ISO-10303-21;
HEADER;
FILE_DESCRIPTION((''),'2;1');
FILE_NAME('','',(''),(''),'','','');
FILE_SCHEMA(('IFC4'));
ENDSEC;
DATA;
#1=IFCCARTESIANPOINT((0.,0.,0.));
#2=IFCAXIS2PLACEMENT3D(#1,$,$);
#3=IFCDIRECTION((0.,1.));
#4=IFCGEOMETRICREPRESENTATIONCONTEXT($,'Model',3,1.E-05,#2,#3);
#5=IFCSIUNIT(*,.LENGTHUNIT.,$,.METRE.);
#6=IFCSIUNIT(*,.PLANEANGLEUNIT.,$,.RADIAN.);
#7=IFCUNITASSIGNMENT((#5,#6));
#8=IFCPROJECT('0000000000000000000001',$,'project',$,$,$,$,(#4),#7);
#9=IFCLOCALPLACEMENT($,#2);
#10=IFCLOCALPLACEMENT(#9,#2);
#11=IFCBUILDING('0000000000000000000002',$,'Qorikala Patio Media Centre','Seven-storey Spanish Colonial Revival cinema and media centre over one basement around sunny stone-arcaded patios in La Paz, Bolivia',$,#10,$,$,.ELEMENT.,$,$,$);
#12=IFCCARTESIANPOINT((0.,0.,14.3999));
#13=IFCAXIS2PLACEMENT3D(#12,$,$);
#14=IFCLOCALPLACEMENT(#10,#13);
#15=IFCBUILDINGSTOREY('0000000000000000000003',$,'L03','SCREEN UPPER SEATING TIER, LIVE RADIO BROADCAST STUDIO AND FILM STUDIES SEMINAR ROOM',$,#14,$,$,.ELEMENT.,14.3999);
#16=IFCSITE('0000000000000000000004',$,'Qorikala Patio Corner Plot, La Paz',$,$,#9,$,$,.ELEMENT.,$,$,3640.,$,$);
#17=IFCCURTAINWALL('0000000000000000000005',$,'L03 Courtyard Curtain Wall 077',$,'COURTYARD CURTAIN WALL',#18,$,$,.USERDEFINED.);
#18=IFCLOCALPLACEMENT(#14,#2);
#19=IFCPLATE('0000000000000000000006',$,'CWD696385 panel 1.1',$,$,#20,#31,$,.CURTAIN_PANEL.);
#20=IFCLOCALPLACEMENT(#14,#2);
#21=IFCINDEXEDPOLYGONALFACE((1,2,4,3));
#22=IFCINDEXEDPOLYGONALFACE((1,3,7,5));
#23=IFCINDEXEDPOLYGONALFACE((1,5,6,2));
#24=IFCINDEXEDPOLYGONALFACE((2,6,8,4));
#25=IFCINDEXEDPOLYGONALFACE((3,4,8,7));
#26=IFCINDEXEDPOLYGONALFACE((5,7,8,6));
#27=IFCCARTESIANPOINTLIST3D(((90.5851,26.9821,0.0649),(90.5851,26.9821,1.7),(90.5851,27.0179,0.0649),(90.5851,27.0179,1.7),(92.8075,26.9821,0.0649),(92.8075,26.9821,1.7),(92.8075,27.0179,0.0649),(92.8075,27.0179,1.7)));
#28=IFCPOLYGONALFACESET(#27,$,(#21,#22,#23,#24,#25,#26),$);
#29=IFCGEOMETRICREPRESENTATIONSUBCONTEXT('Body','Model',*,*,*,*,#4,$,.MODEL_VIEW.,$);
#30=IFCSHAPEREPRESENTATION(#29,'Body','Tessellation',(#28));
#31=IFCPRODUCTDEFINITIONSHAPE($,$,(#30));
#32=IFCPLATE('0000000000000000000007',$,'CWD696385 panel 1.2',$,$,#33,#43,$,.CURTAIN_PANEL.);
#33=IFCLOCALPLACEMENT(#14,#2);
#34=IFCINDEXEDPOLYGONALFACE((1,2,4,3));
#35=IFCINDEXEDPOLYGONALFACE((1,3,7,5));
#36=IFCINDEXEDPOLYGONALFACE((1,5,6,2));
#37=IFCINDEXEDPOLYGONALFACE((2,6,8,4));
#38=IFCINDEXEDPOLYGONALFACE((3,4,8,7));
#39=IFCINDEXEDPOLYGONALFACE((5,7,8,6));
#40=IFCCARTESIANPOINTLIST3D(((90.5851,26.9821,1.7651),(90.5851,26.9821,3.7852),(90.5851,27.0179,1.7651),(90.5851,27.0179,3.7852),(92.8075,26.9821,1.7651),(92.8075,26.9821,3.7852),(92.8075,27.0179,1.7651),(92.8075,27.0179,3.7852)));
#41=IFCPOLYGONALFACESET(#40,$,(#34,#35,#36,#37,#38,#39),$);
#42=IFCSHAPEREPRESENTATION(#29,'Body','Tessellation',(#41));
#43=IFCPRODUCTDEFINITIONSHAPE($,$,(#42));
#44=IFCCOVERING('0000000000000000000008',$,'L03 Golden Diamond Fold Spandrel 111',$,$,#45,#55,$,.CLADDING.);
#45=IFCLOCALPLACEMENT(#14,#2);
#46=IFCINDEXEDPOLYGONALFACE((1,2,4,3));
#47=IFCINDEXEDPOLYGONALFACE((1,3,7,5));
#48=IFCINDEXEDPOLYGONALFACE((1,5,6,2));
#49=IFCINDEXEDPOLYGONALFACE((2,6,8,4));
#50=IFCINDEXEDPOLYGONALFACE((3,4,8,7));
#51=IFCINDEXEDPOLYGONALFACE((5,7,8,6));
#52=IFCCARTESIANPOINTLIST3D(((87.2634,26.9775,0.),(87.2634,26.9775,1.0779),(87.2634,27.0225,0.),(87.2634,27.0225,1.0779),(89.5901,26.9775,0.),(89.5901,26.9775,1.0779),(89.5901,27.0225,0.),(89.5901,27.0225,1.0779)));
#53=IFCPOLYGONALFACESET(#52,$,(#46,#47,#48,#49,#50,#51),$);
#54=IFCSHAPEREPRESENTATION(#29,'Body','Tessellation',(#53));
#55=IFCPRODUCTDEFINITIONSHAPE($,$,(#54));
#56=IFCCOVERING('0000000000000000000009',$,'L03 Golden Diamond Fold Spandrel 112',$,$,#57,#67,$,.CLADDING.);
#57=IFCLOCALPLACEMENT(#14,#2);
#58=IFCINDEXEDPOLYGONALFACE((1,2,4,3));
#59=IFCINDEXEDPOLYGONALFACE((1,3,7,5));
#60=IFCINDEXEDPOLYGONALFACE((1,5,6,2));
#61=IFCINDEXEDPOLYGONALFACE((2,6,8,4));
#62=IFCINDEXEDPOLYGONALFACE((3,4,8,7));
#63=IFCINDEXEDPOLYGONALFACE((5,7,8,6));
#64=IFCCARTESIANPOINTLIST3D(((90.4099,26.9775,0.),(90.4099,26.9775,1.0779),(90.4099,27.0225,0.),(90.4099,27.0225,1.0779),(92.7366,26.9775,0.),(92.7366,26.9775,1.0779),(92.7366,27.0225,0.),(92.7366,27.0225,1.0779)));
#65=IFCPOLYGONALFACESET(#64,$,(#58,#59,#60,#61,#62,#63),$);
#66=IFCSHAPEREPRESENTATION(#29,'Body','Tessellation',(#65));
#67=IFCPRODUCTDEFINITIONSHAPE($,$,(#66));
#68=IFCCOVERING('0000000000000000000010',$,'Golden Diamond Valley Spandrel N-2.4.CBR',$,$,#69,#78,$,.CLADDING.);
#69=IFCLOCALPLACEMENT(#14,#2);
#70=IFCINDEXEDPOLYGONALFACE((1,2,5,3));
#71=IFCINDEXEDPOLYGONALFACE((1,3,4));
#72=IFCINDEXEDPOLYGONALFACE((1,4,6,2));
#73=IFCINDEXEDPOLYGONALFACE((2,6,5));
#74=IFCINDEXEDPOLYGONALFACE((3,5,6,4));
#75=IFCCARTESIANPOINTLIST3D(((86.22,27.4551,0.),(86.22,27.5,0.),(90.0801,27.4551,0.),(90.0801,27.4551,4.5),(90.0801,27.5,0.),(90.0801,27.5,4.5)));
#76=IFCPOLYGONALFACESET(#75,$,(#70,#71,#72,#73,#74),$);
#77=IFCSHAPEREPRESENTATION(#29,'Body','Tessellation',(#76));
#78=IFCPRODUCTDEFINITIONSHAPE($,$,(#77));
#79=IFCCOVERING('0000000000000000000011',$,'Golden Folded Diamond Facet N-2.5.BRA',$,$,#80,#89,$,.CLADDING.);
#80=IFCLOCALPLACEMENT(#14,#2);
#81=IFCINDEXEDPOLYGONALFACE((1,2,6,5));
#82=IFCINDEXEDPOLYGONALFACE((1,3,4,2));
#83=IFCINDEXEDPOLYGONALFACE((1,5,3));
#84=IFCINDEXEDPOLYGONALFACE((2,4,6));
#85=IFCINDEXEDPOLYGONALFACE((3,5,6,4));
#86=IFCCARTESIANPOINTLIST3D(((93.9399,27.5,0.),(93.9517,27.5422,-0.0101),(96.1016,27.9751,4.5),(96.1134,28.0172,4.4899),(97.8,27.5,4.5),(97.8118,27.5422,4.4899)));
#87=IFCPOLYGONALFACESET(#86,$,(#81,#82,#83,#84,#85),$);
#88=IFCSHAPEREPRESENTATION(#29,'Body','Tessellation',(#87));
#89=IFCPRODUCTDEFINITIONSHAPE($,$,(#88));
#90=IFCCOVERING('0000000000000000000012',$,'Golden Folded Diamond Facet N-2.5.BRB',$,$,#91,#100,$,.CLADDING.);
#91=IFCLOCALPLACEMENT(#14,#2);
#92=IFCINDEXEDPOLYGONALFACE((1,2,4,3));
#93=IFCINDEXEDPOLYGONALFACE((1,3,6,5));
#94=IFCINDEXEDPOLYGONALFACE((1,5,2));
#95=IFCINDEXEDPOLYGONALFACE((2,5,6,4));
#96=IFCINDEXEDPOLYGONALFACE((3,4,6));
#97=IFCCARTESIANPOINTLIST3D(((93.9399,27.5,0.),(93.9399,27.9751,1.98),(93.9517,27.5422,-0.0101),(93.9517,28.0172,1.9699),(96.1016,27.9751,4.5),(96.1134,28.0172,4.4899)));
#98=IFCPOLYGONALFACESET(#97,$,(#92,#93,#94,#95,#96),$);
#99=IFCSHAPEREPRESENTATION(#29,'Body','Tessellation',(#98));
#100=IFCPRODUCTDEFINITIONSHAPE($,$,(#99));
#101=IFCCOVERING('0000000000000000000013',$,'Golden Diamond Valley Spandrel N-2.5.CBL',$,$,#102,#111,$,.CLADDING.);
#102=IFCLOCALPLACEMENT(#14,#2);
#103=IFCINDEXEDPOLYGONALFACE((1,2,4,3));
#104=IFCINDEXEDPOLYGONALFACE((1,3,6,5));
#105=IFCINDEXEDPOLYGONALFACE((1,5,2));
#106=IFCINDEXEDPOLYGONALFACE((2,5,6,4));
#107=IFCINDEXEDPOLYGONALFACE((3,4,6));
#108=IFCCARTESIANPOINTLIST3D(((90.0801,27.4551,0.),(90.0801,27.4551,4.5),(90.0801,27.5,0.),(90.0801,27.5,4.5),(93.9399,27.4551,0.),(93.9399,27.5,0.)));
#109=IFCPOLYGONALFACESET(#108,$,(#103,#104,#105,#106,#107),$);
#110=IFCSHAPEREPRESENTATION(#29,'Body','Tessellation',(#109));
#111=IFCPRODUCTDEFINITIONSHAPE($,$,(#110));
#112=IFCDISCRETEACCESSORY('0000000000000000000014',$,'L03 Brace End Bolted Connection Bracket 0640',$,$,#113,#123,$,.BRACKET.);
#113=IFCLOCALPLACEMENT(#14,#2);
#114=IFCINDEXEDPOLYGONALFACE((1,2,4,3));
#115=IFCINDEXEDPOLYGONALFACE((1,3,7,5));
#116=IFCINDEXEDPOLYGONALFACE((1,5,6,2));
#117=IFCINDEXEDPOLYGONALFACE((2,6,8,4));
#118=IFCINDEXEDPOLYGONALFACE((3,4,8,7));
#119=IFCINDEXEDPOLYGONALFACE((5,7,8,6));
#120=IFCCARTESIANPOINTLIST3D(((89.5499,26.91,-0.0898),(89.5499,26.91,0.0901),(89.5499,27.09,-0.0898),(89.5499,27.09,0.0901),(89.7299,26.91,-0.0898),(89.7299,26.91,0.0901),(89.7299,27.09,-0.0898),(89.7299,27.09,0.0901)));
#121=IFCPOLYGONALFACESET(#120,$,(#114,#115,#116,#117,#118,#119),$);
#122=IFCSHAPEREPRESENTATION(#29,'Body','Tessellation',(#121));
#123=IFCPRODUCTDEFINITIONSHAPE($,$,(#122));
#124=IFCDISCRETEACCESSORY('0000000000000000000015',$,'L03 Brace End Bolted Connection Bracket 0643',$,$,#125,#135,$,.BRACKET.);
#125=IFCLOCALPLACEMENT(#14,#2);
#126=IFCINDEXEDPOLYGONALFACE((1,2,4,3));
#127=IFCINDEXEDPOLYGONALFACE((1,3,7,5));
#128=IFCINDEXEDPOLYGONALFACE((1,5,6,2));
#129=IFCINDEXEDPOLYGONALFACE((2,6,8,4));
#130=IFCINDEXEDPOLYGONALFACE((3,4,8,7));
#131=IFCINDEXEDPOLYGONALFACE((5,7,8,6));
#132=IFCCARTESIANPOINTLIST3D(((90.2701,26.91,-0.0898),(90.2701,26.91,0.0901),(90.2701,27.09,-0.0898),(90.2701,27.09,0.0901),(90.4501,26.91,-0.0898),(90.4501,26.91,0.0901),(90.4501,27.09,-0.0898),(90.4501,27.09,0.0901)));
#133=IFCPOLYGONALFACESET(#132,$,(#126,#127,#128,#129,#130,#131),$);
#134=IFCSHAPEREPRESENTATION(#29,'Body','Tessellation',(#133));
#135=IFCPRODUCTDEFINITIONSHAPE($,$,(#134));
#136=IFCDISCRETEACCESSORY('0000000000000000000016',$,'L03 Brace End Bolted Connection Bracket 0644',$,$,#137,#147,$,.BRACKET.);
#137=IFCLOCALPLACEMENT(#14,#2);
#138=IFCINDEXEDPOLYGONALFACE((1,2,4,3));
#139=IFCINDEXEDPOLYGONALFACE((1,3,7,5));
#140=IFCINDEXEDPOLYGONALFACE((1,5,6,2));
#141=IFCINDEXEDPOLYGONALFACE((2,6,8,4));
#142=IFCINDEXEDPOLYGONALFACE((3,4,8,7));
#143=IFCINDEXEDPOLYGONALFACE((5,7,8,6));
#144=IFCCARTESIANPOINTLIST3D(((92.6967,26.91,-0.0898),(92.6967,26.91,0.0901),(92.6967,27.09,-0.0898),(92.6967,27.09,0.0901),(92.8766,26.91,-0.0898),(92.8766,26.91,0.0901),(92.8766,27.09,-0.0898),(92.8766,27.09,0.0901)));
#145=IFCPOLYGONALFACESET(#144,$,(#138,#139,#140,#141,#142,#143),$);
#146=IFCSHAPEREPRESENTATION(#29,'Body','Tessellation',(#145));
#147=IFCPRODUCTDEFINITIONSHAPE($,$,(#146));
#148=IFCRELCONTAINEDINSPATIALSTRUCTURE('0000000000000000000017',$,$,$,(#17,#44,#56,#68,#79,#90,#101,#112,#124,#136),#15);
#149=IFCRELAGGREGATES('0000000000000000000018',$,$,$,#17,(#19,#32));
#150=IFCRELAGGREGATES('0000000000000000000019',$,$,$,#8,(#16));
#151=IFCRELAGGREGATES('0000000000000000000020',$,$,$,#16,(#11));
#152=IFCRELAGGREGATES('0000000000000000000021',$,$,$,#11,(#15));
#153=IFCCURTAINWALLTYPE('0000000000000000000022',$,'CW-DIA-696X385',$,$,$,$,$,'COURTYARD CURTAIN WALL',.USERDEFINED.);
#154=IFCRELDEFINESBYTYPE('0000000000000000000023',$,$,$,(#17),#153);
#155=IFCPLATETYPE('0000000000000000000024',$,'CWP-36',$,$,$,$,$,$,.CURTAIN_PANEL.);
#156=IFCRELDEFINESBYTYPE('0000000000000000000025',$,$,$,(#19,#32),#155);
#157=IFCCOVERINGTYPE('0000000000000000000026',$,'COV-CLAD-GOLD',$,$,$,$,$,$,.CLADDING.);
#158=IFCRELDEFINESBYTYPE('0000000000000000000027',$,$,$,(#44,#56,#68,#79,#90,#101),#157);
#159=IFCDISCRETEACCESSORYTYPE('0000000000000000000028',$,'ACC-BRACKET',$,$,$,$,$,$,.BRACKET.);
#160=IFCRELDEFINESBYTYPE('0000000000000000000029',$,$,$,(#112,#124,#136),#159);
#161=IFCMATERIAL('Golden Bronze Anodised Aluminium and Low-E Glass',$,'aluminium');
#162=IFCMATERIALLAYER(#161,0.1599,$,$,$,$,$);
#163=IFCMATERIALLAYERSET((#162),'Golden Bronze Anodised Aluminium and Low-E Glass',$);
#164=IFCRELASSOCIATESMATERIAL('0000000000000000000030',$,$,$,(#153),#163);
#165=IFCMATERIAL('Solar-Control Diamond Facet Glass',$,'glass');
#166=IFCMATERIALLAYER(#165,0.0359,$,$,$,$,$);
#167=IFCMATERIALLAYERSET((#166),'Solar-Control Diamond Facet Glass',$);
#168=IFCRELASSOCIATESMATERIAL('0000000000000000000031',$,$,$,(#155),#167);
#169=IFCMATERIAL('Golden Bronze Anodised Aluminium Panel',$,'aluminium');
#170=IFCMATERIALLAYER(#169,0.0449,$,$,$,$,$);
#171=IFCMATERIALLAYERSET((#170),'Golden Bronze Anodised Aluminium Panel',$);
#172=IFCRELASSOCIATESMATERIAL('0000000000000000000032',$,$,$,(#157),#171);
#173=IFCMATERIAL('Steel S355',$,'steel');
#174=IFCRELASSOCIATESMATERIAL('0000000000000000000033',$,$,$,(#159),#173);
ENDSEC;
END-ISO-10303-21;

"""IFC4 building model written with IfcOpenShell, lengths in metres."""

from ifc_helpers import new_model, si_unit, direction, frame, origin, origin_2d, place, context, subcontext, project, spatial, polyline, rectangle, outline, extrude, material, layer, layer_set, type_object, element, aggregate, save


model = new_model("IFC4")

# Units and contexts
model_context = context("Model", 3, precision=1e-05, world=origin(), true_north=direction((0.0, 1.0)))
body_context = subcontext(model_context, "Body", "Model", "MODEL_VIEW")
ifc_project = project(units=[si_unit("LENGTHUNIT", "METRE"), si_unit("PLANEANGLEUNIT", "RADIAN")], contexts=[model_context])

# Site, building, storey
site_placement = place(None, origin())
site = spatial("IfcSite", under=ifc_project, at=site_placement, Name="Qorikala Patio Corner Plot, La Paz", CompositionType="ELEMENT", RefElevation=3640.0)
building_placement = place(site_placement, origin())
building = spatial("IfcBuilding", under=site, at=building_placement, Name="Qorikala Patio Media Centre", Description="Seven-storey Spanish Colonial Revival cinema and media centre over one basement around sunny stone-arcaded patios in La Paz, Bolivia", CompositionType="ELEMENT")
storey_placement = place(building_placement, frame((0.0, 0.0, 14.3999)))
storey = spatial("IfcBuildingStorey", under=building, at=storey_placement, Name="L03", Description="SCREEN UPPER SEATING TIER, LIVE RADIO BROADCAST STUDIO AND FILM STUDIES SEMINAR ROOM", CompositionType="ELEMENT", Elevation=14.3999)

# Shared definitions
ifc_material_1 = material(Name="Golden Bronze Anodised Aluminium and Low-E Glass", Category="aluminium")
ifc_layer_1 = layer(ifc_material_1, 0.1599)
ifc_layer_set_1 = layer_set([ifc_layer_1], Name="Golden Bronze Anodised Aluminium and Low-E Glass")
curtain_wall_type = type_object("IfcCurtainWallType", Name="CW-DIA-696X385", ElementType="COURTYARD CURTAIN WALL", PredefinedType="USERDEFINED", material=ifc_layer_set_1)

# Curtain wall
curtain_wall_1_placement = place(storey_placement, origin())
curtain_wall_1 = element("IfcCurtainWall", 1, at=curtain_wall_1_placement, inside=storey, type_object=curtain_wall_type, Name="L03 Courtyard Curtain Wall 077", ObjectType="COURTYARD CURTAIN WALL", PredefinedType="USERDEFINED")

# Plates
ifc_material_2 = material(Name="Solar-Control Diamond Facet Glass", Category="glass")
ifc_layer_2 = layer(ifc_material_2, 0.0359)
ifc_layer_set_2 = layer_set([ifc_layer_2], Name="Solar-Control Diamond Facet Glass")
plate_type = type_object("IfcPlateType", Name="CWP-36", PredefinedType="CURTAIN_PANEL", material=ifc_layer_set_2)
plate_1_placement = place(storey_placement, frame((91.6963, 27.0, 0.0649), z_axis=(0.0, 0.0, 1.0), x_axis=(1.0, 0.0, 0.0)))
plate_1 = element("IfcPlate", 2, at=plate_1_placement, type_object=plate_type, Name="CWD696385 panel 1.1", PredefinedType="CURTAIN_PANEL", context=body_context, shape_type="SweptSolid", body=[
    extrude(rectangle(XDim=2.2224, YDim=0.0359, at=origin_2d()), origin(), (0.0, 0.0, 1.0), 1.635),
])
plate_2_placement = place(storey_placement, frame((91.6963, 27.0, 1.7651), z_axis=(0.0, 0.0, 1.0), x_axis=(1.0, 0.0, 0.0)))
plate_2 = element("IfcPlate", 3, at=plate_2_placement, type_object=plate_type, Name="CWD696385 panel 1.2", PredefinedType="CURTAIN_PANEL", context=body_context, shape_type="SweptSolid", body=[
    extrude(rectangle(XDim=2.2224, YDim=0.0359, at=origin_2d()), origin(), (0.0, 0.0, 1.0), 2.02),
])
aggregate(curtain_wall_1, [plate_1, plate_2])

# Coverings
ifc_material_3 = material(Name="Golden Bronze Anodised Aluminium Panel", Category="aluminium")
ifc_layer_3 = layer(ifc_material_3, 0.0449)
ifc_layer_set_3 = layer_set([ifc_layer_3], Name="Golden Bronze Anodised Aluminium Panel")
covering_type = type_object("IfcCoveringType", Name="COV-CLAD-GOLD", PredefinedType="CLADDING", material=ifc_layer_set_3)
for number, where, z_axis, x_axis, name in (
    (4, (88.4268, 27.0, 0.0), (0.0, 0.0, 1.0), (1.0, 0.0, 0.0), "L03 Golden Diamond Fold Spandrel 111"),
    (5, (91.5732, 27.0, 0.0), (0.0, 0.0, 1.0), (1.0, 0.0, 0.0), "L03 Golden Diamond Fold Spandrel 112"),
):
    element("IfcCovering", number, at=place(storey_placement, frame(where, z_axis=z_axis, x_axis=x_axis)), inside=storey, type_object=covering_type, Name=name, PredefinedType="CLADDING", context=body_context, shape_type="SweptSolid", body=[
        extrude(rectangle(XDim=2.3267, YDim=0.0449, at=origin_2d()), origin(), (0.0, 0.0, 1.0), 1.0779),
    ])
covering_1_placement = place(storey_placement, frame((90.0801, 27.5, 0.0), z_axis=(0.0, 1.0, 0.0), x_axis=(-1.0, 0.0, 0.0)))
element("IfcCovering", 6, at=covering_1_placement, inside=storey, type_object=covering_type, Name="Golden Diamond Valley Spandrel N-2.4.CBR", PredefinedType="CLADDING", context=body_context, shape_type="SweptSolid", body=[
    extrude(outline(polyline([(0.0, 0.0), (3.8601, 0.0), (0.0, 4.5), (0.0, 0.0)])), origin(), (0.0, 0.0, -1.0), 0.0449),
])
covering_2_placement = place(storey_placement, frame((93.9399, 27.5, 0.0), z_axis=(-0.262462, -0.93831, 0.225141), x_axis=(0.65108, 0.0, 0.759009)))
element("IfcCovering", 7, at=covering_2_placement, inside=storey, type_object=covering_type, Name="Golden Folded Diamond Facet N-2.5.BRA", PredefinedType="CLADDING", context=body_context, shape_type="SweptSolid", body=[
    extrude(outline(polyline([(0.0, 0.0), (5.9288, 0.0), (4.8229, 1.3739), (0.0, 0.0)])), origin(), (0.0, 0.0, -1.0), 0.0449),
])
covering_3_placement = place(storey_placement, frame((93.9399, 27.5, 0.0), z_axis=(-0.262476, -0.938304, 0.225147), x_axis=(0.431047, 0.094739, 0.897342)))
element("IfcCovering", 8, at=covering_3_placement, inside=storey, type_object=covering_type, Name="Golden Folded Diamond Facet N-2.5.BRB", PredefinedType="CLADDING", context=body_context, shape_type="SweptSolid", body=[
    extrude(outline(polyline([(0.0, 0.0), (5.0148, 0.0), (1.8217, 0.9096), (0.0, 0.0)])), origin(), (0.0, 0.0, -1.0), 0.0449),
])
covering_4_placement = place(storey_placement, frame((90.0801, 27.5, 0.0), z_axis=(0.0, 1.0, 0.0), x_axis=(0.0, 0.0, 1.0)))
element("IfcCovering", 9, at=covering_4_placement, inside=storey, type_object=covering_type, Name="Golden Diamond Valley Spandrel N-2.5.CBL", PredefinedType="CLADDING", context=body_context, shape_type="SweptSolid", body=[
    extrude(outline(polyline([(0.0, 0.0), (4.5, 0.0), (0.0, 3.8599), (0.0, 0.0)])), origin(), (0.0, 0.0, -1.0), 0.0449),
])

# Discrete accessories
ifc_material_4 = material(Name="Steel S355", Category="steel")
discrete_accessory_type = type_object("IfcDiscreteAccessoryType", Name="ACC-BRACKET", PredefinedType="BRACKET", material=ifc_material_4)
for number, where, z_axis, x_axis, name in (
    (10, (89.6399, 27.0, -0.0898), (0.0, 0.0, 1.0), (1.0, 0.0, 0.0), "L03 Brace End Bolted Connection Bracket 0640"),
    (11, (90.3601, 27.0, -0.0898), (0.0, 0.0, 1.0), (1.0, 0.0, 0.0), "L03 Brace End Bolted Connection Bracket 0643"),
    (12, (92.7866, 27.0, -0.0898), (0.0, 0.0, 1.0), (1.0, 0.0, 0.0), "L03 Brace End Bolted Connection Bracket 0644"),
):
    element("IfcDiscreteAccessory", number, at=place(storey_placement, frame(where, z_axis=z_axis, x_axis=x_axis)), inside=storey, type_object=discrete_accessory_type, Name=name, PredefinedType="BRACKET", context=body_context, shape_type="SweptSolid", body=[
        extrude(rectangle(XDim=0.1799, YDim=0.1799, at=origin_2d()), origin(), (0.0, 0.0, 1.0), 0.1799),
    ])

save(model, "model.ifc")
